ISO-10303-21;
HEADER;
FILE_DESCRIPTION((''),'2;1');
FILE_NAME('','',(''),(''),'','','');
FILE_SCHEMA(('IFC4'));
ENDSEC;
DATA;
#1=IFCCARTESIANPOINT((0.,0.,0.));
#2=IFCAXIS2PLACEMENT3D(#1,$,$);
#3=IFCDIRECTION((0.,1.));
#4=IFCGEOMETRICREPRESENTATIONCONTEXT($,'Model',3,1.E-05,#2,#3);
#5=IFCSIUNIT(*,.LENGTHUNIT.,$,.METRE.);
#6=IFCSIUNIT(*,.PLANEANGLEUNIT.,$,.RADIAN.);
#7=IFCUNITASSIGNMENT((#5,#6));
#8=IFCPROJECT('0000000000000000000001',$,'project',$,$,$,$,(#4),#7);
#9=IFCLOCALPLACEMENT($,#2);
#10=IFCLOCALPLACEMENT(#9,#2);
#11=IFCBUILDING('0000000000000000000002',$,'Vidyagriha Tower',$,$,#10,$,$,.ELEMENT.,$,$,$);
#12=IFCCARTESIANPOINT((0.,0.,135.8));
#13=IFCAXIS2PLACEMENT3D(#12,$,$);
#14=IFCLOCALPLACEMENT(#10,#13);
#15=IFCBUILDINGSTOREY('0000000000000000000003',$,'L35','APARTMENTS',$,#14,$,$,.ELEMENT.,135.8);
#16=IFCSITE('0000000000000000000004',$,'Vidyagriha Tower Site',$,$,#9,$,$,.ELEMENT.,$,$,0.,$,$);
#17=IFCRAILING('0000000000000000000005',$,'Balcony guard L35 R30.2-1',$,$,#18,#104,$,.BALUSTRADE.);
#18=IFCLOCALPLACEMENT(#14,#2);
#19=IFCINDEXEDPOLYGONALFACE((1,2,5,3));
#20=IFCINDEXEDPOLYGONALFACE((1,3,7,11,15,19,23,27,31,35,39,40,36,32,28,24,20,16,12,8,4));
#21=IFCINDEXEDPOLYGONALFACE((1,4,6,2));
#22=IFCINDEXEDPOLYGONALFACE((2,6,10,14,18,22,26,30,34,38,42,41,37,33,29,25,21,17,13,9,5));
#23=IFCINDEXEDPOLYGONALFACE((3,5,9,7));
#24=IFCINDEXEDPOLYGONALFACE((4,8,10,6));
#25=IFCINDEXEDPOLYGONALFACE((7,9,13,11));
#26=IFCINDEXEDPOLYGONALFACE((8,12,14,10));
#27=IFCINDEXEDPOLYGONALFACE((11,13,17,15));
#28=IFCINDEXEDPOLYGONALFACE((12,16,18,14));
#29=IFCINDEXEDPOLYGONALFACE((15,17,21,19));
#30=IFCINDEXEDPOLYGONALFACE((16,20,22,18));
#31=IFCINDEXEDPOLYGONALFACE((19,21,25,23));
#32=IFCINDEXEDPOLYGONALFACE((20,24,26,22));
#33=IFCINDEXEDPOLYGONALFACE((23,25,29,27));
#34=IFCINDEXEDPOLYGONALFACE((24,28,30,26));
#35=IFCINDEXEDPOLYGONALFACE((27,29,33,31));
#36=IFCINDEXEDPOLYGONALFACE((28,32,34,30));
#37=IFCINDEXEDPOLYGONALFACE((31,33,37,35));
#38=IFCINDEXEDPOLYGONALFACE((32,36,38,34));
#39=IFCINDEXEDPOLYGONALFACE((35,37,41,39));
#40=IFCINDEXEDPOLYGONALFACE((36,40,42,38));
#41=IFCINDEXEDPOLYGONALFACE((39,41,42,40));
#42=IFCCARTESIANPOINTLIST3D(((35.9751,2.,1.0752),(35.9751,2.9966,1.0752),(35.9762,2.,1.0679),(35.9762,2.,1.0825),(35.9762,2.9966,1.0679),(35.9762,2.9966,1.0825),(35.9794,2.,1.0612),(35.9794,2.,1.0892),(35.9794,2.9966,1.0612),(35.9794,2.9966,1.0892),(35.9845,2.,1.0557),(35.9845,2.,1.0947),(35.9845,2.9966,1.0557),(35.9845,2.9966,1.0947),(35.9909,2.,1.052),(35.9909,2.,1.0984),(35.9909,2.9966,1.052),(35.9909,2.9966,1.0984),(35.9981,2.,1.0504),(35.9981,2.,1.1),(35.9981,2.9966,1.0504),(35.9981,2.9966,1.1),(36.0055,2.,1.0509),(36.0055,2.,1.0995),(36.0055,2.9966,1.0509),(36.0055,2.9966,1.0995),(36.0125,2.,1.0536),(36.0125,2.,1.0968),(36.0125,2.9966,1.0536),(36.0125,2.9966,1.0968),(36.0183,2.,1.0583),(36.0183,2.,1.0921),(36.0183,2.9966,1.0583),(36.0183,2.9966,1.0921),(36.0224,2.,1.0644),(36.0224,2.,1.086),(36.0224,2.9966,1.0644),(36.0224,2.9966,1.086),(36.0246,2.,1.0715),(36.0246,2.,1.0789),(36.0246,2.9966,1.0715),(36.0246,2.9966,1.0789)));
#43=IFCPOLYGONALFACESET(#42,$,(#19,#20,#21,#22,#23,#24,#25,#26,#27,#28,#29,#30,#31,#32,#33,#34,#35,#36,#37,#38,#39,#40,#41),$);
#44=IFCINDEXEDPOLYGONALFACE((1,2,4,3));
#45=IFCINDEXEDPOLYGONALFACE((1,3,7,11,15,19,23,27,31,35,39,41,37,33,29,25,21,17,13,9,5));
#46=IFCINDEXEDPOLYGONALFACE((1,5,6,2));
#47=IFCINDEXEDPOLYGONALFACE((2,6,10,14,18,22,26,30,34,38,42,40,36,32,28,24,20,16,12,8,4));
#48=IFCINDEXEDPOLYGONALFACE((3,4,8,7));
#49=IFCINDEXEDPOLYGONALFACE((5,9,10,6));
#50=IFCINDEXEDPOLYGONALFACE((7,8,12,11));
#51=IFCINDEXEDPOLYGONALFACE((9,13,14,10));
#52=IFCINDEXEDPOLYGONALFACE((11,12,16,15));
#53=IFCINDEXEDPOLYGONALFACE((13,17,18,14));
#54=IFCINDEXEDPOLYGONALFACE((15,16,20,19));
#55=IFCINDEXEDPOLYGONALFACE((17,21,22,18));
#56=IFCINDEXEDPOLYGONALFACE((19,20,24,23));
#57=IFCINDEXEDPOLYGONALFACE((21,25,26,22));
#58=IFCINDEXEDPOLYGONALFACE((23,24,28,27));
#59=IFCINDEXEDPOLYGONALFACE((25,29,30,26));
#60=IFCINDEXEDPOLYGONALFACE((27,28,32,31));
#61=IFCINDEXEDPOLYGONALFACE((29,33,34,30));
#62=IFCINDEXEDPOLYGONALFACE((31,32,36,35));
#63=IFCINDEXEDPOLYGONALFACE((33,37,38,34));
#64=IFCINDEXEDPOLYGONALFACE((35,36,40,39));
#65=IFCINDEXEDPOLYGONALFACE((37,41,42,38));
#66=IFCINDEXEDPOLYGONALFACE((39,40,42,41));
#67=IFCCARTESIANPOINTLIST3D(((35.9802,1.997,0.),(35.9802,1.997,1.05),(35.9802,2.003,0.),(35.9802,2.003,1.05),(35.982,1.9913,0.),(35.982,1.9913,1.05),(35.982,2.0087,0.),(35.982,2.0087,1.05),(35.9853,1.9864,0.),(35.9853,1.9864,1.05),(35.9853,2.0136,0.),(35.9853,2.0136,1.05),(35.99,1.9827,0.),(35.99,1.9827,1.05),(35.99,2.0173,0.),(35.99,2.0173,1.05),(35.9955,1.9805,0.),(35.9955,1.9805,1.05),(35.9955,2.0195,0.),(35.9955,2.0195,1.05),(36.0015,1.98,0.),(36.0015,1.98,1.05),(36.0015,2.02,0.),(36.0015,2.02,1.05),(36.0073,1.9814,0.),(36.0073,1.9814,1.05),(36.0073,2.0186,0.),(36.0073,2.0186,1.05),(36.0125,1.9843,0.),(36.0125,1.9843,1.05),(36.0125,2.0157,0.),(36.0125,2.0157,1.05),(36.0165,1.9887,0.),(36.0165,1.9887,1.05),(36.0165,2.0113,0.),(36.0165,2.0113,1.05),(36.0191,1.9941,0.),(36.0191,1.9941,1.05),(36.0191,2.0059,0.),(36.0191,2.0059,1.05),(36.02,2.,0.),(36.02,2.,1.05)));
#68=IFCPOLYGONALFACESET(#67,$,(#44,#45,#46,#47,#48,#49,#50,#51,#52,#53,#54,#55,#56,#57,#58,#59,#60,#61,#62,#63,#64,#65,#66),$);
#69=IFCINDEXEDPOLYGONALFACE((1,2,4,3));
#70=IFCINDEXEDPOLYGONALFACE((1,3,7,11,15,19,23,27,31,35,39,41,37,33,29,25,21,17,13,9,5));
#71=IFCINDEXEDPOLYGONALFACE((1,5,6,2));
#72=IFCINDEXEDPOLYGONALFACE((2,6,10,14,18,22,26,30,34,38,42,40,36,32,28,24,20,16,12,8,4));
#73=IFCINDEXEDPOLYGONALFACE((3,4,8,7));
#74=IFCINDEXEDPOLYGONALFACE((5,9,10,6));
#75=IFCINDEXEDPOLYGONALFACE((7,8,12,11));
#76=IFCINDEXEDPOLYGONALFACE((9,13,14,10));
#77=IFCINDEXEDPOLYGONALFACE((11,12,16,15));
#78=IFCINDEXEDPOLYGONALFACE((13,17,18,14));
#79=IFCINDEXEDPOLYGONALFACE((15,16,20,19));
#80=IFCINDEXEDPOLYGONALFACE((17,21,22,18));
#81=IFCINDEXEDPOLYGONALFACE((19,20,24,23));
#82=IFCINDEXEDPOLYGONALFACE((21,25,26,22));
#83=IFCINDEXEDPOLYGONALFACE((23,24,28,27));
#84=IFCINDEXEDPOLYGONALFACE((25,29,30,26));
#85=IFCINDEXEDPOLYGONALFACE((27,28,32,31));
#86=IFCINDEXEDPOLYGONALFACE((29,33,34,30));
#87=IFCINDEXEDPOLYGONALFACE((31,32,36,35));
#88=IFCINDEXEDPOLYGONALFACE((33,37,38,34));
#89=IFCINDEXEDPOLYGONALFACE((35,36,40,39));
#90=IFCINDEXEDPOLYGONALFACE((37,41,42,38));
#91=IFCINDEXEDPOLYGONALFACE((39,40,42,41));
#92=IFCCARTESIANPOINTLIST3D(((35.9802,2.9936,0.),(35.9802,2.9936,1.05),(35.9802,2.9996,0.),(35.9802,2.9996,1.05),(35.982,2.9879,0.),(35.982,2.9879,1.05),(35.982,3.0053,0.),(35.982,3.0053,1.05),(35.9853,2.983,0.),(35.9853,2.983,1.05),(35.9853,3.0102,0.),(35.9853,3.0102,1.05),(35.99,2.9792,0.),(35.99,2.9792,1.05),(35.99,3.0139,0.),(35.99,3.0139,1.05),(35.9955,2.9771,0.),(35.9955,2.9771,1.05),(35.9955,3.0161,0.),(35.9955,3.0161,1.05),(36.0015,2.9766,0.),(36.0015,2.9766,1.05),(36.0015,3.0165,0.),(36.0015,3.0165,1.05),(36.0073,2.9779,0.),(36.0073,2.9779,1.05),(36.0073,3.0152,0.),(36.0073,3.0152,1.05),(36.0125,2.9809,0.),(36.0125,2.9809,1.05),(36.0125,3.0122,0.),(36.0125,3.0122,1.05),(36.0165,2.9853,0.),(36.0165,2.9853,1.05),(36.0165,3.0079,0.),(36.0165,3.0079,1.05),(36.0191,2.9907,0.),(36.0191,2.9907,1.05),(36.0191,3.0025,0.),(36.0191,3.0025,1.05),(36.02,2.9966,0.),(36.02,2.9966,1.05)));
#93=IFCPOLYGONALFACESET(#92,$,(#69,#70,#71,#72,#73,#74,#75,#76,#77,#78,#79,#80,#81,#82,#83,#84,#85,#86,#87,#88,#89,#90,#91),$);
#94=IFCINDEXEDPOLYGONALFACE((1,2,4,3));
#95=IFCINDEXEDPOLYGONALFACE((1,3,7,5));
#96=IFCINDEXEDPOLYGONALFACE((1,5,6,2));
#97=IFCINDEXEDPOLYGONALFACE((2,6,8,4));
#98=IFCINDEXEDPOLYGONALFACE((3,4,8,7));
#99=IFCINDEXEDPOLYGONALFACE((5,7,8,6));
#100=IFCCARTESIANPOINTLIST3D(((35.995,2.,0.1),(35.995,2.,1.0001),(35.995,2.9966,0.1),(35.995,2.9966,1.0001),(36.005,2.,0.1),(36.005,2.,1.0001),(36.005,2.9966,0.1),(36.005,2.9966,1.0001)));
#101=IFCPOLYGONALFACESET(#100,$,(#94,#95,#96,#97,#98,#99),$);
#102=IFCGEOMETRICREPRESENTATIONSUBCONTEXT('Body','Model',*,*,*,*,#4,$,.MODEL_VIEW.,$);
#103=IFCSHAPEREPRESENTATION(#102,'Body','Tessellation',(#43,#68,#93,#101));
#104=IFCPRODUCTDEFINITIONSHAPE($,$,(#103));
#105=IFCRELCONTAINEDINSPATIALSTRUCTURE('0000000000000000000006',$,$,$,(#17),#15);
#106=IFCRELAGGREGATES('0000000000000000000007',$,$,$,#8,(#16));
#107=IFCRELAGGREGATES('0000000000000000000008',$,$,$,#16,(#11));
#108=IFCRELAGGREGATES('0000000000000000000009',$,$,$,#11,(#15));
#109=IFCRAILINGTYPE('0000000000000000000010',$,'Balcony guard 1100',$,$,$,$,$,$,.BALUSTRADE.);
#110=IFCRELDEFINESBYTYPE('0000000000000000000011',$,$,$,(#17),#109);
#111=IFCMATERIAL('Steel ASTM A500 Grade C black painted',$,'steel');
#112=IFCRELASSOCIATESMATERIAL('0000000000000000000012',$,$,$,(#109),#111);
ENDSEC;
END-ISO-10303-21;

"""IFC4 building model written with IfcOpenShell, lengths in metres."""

from ifc_helpers import new_model, si_unit, direction, frame, origin, origin_2d, place, context, subcontext, project, spatial, rectangle, circle, extrude, material, type_object, element, save


model = new_model("IFC4")

# Units and contexts
model_context = context("Model", 3, precision=1e-05, world=origin(), true_north=direction((0.0, 1.0)))
body_context = subcontext(model_context, "Body", "Model", "MODEL_VIEW")
ifc_project = project(units=[si_unit("LENGTHUNIT", "METRE"), si_unit("PLANEANGLEUNIT", "RADIAN")], contexts=[model_context])

# Site, building, storey
site_placement = place(None, origin())
site = spatial("IfcSite", under=ifc_project, at=site_placement, Name="Vidyagriha Tower Site", CompositionType="ELEMENT", RefElevation=0.0)
building_placement = place(site_placement, origin())
building = spatial("IfcBuilding", under=site, at=building_placement, Name="Vidyagriha Tower", CompositionType="ELEMENT")
storey_placement = place(building_placement, frame((0.0, 0.0, 135.8)))
storey = spatial("IfcBuildingStorey", under=building, at=storey_placement, Name="L35", Description="APARTMENTS", CompositionType="ELEMENT", Elevation=135.8)

# Railing
ifc_material_1 = material(Name="Steel ASTM A500 Grade C black painted", Category="steel")
railing_type_1 = type_object("IfcRailingType", Name="Balcony guard 1100", PredefinedType="BALUSTRADE", material=ifc_material_1)
railing_1_placement = place(storey_placement, frame((36.0, 2.0, 0.0)))
element("IfcRailing", 1, at=railing_1_placement, inside=storey, type_object=railing_type_1, Name="Balcony guard L35 R30.2-1", PredefinedType="BALUSTRADE", context=body_context, shape_type="SweptSolid", body=[
    extrude(circle(Radius=0.0249, at=origin_2d()), frame((0.0, 0.0, 1.0752), z_axis=(0.0, 1.0, 0.0), x_axis=(-1.0, 0.0, 0.0)), (0.0, 0.0, 1.0), 0.9966),
    extrude(circle(Radius=0.02, at=origin_2d()), origin(), (0.0, 0.0, 1.0), 1.05),
    extrude(circle(Radius=0.02, at=origin_2d()), frame((0.0, 0.9966, 0.0)), (0.0, 0.0, 1.0), 1.05),
    extrude(rectangle(XDim=0.01, YDim=0.9001, at=origin_2d()), frame((0.0, 0.0, 0.55), z_axis=(0.0, 1.0, 0.0), x_axis=(-1.0, 0.0, 0.0)), (0.0, 0.0, 1.0), 0.9966),
])

save(model, "model.ifc")
